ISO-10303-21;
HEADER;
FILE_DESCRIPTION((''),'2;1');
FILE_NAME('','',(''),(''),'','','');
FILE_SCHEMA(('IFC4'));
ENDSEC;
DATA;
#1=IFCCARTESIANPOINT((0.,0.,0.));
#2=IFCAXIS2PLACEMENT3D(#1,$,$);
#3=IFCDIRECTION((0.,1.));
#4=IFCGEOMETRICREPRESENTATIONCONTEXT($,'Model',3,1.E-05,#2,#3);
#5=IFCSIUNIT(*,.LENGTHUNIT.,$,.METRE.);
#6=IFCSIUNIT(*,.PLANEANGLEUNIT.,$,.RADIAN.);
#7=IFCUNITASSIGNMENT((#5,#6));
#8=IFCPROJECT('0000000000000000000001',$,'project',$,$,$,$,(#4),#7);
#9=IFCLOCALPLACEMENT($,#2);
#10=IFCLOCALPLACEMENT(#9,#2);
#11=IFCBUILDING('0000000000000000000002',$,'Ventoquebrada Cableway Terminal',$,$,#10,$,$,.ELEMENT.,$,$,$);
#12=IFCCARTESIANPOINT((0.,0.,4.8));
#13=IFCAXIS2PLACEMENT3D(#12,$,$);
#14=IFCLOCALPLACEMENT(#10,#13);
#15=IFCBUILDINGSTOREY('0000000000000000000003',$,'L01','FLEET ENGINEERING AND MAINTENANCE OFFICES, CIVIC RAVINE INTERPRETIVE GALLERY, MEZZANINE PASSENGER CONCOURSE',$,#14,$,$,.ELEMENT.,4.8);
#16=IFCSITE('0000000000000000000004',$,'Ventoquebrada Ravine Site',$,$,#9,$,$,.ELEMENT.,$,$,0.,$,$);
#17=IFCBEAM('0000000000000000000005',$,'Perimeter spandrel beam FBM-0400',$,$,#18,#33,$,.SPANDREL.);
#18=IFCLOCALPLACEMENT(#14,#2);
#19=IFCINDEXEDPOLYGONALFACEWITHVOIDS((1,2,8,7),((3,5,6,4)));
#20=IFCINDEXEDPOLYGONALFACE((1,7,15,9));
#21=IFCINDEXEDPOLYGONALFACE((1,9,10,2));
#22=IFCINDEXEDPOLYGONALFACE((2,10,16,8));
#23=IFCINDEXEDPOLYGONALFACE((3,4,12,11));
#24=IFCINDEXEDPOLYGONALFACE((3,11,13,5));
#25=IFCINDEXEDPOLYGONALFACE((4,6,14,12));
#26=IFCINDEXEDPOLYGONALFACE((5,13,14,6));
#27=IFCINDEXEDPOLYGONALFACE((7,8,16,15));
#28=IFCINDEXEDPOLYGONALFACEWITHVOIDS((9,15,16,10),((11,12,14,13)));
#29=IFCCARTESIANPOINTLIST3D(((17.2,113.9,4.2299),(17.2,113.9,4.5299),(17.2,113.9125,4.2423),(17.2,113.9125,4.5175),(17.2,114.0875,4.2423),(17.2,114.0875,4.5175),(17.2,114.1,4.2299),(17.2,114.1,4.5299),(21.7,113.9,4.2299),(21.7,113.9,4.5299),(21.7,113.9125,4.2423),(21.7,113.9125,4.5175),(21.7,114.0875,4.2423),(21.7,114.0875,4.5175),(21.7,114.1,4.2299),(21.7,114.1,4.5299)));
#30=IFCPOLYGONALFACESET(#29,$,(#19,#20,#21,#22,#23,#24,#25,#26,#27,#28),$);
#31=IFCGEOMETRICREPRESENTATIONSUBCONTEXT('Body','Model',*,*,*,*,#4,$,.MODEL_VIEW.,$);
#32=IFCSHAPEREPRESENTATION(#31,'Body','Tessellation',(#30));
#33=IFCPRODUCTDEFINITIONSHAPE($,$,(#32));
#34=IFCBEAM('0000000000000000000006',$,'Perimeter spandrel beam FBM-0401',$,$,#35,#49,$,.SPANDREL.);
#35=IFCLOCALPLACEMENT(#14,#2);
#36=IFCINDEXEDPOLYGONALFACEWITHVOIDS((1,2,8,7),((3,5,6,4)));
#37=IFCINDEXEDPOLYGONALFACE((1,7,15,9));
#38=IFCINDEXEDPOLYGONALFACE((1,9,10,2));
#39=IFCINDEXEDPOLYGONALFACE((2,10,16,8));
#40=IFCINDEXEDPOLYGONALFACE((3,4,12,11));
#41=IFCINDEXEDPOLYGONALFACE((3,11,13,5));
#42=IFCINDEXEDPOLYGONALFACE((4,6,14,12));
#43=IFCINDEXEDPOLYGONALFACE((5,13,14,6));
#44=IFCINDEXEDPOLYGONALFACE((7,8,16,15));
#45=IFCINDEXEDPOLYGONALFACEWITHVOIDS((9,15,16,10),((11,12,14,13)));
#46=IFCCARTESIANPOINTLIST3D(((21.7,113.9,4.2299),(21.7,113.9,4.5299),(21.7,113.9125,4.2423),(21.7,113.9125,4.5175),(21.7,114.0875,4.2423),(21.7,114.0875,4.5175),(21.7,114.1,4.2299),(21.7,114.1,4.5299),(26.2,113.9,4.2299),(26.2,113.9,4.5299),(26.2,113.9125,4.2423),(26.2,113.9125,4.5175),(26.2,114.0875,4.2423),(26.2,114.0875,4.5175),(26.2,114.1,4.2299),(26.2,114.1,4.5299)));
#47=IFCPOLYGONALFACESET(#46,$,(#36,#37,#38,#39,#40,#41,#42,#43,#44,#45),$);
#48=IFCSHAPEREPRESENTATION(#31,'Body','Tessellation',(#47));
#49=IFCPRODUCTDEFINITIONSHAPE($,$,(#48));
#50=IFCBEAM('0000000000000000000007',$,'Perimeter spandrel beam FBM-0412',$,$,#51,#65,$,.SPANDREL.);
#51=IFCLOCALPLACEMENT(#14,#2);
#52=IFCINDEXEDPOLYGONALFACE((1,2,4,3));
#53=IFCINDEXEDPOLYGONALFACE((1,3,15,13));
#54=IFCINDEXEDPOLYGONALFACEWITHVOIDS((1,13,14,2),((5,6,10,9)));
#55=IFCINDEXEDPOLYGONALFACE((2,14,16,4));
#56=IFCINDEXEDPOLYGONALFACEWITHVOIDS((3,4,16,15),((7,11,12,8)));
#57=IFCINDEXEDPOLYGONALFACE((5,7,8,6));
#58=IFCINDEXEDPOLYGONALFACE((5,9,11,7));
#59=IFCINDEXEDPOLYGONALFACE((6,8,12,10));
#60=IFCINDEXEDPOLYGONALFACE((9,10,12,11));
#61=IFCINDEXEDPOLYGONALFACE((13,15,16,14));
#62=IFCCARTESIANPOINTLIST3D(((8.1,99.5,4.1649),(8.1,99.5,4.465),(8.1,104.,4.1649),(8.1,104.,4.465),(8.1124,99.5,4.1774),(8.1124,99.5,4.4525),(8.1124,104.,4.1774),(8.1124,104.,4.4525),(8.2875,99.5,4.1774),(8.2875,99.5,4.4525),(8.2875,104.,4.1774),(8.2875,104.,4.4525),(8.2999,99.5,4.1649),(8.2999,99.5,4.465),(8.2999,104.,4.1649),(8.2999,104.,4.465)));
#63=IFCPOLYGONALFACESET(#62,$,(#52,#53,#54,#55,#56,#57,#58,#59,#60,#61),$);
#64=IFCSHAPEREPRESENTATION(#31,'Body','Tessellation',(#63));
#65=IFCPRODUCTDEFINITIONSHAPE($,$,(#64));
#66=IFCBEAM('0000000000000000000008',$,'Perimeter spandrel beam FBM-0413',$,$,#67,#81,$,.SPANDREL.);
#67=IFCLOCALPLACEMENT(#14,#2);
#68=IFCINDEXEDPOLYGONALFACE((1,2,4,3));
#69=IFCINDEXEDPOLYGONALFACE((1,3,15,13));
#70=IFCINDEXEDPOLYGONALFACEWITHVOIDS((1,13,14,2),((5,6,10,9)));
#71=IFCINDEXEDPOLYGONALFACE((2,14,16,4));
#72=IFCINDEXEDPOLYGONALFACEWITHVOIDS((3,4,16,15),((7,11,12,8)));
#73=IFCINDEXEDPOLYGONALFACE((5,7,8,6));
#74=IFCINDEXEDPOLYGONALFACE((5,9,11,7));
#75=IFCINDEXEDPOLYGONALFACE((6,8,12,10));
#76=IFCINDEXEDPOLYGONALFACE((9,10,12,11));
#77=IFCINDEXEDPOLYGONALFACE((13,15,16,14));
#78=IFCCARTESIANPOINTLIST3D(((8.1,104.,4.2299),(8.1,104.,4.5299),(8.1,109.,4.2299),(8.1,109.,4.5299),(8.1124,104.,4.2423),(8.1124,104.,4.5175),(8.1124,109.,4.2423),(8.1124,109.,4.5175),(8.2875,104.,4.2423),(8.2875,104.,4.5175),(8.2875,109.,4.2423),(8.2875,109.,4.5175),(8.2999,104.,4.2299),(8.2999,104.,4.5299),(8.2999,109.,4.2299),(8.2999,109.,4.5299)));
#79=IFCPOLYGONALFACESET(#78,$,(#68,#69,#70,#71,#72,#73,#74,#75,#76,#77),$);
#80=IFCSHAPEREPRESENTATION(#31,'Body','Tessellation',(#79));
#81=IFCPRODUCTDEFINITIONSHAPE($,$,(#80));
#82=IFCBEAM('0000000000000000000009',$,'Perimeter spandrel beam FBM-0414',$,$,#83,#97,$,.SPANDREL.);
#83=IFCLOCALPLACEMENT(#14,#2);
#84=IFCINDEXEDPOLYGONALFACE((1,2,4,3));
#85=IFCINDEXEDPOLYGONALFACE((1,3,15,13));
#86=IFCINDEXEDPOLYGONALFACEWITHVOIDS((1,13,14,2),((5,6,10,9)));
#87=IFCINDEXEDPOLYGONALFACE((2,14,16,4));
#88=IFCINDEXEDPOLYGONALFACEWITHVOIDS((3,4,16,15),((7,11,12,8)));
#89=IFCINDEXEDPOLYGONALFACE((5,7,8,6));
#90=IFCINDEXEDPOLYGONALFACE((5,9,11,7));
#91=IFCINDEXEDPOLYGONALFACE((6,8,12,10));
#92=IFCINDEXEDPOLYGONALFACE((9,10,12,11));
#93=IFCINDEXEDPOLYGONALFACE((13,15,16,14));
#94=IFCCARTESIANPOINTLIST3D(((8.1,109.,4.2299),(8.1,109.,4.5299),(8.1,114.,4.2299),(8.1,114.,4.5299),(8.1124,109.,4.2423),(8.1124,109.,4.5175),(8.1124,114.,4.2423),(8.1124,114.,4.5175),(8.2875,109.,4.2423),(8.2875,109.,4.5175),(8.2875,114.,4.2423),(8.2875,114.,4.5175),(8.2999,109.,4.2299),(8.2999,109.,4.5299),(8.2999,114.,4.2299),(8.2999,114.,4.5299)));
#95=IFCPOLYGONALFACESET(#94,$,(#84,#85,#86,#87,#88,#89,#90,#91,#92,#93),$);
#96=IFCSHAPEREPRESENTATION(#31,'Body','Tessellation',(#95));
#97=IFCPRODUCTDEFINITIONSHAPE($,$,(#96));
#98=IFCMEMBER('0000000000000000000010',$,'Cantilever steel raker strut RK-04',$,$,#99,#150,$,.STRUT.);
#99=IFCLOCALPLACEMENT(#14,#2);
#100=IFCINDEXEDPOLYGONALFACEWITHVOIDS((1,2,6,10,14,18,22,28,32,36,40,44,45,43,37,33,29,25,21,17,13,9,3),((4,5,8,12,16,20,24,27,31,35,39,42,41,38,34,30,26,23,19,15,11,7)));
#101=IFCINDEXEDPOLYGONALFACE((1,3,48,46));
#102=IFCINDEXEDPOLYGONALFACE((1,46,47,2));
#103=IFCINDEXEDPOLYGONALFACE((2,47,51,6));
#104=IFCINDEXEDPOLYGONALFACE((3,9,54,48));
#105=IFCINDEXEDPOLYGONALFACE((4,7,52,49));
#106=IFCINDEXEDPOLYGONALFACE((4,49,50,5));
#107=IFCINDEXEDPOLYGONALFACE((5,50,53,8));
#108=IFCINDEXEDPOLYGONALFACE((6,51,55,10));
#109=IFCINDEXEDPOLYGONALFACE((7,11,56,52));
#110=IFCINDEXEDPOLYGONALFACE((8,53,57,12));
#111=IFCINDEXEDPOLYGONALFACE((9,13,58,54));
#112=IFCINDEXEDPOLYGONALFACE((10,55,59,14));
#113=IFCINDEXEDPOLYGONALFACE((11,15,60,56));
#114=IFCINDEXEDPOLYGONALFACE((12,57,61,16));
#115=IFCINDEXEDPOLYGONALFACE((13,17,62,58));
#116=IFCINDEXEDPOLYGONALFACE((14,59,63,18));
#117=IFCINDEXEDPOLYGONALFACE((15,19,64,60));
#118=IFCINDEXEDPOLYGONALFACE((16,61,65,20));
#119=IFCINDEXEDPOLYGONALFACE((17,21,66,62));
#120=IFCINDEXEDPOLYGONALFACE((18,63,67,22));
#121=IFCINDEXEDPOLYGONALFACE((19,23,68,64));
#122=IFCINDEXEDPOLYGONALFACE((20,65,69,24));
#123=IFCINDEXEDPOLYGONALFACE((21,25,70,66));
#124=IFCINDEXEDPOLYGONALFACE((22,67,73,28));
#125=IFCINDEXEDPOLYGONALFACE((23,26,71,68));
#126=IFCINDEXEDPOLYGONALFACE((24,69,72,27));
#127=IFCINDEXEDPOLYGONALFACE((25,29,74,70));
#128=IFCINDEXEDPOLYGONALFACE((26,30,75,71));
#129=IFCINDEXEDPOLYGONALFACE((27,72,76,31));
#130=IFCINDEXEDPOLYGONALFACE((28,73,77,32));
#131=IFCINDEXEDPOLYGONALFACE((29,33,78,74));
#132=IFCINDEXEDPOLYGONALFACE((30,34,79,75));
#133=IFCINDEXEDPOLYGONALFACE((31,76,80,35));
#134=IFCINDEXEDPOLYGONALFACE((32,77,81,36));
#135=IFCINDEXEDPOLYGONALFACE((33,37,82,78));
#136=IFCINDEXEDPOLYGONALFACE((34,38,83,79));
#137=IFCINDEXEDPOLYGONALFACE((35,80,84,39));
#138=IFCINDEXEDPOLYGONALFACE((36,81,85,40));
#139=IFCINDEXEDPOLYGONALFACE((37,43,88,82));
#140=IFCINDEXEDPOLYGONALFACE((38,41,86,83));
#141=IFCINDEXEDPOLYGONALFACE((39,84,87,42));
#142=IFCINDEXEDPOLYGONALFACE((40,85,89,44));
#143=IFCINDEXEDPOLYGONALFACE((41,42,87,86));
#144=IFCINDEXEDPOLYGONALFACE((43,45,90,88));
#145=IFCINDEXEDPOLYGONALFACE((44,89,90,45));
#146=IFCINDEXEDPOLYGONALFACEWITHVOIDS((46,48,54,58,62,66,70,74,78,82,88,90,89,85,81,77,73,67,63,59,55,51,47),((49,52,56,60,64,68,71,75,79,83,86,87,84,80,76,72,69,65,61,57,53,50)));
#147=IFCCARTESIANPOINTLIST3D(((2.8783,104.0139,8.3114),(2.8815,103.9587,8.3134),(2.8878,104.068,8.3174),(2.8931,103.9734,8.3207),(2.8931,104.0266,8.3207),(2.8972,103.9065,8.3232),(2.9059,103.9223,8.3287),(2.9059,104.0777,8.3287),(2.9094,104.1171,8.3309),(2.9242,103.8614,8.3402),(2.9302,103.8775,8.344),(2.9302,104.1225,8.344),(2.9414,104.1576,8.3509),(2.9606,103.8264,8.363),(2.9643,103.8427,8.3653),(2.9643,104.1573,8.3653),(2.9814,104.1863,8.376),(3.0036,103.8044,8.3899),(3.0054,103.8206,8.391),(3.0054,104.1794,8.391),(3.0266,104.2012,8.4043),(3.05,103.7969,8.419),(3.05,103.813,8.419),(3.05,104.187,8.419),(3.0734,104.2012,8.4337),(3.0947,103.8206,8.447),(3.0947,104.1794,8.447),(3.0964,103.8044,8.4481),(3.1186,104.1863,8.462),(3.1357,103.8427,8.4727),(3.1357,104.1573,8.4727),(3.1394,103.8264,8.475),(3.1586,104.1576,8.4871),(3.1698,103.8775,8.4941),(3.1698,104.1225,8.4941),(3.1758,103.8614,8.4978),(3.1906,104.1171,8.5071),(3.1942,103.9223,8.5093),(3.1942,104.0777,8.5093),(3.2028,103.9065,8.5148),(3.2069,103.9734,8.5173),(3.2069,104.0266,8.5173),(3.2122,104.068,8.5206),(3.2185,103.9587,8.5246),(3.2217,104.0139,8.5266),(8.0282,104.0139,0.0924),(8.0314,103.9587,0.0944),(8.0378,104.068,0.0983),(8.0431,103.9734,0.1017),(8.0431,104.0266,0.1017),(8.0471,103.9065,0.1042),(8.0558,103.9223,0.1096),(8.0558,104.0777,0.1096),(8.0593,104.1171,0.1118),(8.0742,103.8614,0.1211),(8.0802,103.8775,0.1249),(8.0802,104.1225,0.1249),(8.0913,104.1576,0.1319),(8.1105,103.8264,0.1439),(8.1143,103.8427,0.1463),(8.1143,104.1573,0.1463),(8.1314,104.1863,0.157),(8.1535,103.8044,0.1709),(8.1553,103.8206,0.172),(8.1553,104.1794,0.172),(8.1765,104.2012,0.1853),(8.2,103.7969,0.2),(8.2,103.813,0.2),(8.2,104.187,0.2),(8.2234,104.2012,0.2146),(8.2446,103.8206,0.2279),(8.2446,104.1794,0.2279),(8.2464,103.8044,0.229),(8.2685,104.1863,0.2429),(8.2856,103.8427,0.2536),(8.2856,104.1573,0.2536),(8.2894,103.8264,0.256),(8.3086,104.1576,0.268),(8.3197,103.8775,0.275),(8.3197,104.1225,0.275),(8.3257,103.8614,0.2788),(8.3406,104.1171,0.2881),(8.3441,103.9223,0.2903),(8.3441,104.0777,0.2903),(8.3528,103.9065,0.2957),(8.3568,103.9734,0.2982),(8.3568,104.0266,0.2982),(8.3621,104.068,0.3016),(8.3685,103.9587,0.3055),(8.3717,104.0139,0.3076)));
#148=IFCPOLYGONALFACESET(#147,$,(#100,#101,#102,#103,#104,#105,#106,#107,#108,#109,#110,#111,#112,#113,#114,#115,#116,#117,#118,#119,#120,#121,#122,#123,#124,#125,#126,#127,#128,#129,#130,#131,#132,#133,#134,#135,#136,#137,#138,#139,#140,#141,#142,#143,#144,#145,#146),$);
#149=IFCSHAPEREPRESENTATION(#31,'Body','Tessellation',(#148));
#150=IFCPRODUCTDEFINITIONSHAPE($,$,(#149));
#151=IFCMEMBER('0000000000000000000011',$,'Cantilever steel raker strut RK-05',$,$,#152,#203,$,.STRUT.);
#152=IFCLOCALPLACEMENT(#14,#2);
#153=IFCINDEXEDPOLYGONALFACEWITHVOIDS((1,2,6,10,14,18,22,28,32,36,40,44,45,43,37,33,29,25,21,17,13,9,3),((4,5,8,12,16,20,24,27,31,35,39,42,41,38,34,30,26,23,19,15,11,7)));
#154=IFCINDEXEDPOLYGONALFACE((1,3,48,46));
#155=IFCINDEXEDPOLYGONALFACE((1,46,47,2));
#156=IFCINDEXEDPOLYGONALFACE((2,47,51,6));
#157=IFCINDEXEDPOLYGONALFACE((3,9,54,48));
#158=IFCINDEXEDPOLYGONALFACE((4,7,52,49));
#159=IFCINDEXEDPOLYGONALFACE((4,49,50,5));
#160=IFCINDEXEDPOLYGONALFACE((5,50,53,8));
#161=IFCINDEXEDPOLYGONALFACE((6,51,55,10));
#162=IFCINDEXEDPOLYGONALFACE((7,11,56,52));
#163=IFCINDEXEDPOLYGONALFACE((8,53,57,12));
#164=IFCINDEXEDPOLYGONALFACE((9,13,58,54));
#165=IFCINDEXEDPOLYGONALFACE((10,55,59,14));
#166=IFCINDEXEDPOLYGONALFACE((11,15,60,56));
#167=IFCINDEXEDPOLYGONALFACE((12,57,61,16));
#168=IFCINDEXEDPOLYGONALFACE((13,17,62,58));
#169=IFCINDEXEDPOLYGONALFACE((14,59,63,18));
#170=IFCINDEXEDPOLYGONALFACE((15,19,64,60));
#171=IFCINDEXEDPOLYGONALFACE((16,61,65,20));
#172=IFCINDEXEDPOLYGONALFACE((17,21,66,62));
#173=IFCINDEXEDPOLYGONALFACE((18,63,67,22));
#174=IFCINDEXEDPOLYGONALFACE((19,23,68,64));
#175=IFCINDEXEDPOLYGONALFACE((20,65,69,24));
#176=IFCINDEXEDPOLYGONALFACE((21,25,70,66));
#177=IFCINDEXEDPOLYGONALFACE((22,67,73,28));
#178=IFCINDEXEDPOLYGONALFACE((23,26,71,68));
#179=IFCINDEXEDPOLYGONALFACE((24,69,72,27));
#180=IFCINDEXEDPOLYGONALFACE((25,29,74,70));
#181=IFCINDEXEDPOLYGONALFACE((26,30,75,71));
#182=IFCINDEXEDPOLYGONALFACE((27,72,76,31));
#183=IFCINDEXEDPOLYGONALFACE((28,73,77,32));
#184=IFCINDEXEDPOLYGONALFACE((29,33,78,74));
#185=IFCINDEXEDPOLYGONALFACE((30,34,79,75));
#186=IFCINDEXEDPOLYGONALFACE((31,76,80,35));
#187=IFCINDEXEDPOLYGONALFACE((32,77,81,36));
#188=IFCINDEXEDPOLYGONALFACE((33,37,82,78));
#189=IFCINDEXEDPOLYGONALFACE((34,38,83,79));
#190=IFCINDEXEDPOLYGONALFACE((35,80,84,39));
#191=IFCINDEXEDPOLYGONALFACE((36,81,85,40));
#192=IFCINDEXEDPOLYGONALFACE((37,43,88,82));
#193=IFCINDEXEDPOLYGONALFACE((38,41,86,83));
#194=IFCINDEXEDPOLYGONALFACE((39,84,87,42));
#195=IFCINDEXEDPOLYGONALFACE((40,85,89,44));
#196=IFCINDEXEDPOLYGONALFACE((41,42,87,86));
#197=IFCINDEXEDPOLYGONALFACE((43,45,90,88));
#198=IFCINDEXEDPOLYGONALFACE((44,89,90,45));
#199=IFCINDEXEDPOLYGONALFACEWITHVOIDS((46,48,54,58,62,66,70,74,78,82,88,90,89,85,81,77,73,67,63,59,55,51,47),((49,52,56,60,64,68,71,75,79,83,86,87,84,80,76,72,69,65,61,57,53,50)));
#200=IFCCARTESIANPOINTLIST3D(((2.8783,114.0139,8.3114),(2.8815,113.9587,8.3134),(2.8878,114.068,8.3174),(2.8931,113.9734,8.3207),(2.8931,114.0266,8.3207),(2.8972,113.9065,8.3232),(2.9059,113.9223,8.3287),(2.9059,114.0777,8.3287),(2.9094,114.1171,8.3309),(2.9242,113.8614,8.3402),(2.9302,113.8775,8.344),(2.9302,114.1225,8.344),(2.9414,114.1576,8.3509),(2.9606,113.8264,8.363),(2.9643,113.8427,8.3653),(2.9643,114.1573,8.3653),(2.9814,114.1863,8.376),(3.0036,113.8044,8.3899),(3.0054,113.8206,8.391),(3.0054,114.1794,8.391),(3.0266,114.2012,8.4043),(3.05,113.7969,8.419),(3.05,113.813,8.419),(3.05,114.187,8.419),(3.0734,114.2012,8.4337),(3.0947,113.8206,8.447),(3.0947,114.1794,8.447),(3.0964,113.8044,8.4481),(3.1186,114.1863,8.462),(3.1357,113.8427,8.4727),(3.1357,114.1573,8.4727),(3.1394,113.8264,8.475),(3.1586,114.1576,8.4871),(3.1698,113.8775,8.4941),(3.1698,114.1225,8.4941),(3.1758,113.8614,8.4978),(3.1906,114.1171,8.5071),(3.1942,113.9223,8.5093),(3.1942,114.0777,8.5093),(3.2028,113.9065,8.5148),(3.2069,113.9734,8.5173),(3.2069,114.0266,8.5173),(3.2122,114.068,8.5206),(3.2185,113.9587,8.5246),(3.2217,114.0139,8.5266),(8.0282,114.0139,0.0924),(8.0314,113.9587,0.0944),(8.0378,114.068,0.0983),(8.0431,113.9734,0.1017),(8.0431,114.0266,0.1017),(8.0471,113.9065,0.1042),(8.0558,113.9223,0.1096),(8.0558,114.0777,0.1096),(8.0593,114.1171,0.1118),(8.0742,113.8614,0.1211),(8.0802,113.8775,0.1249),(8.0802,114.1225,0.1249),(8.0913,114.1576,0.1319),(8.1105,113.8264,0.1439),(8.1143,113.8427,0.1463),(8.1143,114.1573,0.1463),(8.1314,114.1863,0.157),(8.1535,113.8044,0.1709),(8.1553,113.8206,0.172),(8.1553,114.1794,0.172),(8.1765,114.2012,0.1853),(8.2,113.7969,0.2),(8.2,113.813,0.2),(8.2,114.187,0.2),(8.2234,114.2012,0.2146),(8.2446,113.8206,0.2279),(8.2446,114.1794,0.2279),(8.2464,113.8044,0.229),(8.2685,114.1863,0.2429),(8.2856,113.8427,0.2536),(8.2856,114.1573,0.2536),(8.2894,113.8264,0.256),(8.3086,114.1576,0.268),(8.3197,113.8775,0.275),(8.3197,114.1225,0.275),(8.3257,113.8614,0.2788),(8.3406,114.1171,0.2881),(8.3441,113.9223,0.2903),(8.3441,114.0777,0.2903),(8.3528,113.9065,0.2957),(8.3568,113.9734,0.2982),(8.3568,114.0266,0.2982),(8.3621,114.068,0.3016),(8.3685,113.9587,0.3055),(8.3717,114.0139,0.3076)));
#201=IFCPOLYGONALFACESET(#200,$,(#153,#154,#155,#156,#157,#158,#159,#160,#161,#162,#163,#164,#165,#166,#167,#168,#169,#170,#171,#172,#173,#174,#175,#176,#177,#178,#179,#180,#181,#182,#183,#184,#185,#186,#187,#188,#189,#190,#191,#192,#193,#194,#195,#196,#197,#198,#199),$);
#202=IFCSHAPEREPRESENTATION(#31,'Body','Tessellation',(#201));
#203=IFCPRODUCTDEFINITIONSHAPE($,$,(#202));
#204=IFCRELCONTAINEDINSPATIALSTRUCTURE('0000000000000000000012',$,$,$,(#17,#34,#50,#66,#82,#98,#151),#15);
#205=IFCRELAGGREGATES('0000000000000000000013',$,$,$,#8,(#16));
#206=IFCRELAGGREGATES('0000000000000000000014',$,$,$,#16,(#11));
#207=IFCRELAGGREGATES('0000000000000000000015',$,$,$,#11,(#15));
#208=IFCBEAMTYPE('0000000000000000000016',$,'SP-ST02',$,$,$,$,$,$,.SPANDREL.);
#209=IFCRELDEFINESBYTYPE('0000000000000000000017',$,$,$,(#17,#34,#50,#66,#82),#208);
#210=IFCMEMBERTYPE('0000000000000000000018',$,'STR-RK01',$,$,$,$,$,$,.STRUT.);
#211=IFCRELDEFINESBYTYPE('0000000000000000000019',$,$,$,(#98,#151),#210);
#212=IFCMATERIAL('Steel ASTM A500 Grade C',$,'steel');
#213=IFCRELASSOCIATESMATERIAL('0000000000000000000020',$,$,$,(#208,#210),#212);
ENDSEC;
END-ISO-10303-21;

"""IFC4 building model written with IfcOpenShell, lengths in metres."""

from ifc_helpers import new_model, si_unit, direction, frame, origin, origin_2d, place, context, subcontext, project, spatial, hollow_rectangle, hollow_circle, extrude, material, material_profile, profile_set, type_object, element, save


model = new_model("IFC4")

# Units and contexts
model_context = context("Model", 3, precision=1e-05, world=origin(), true_north=direction((0.0, 1.0)))
body_context = subcontext(model_context, "Body", "Model", "MODEL_VIEW")
ifc_project = project(units=[si_unit("LENGTHUNIT", "METRE"), si_unit("PLANEANGLEUNIT", "RADIAN")], contexts=[model_context])

# Site, building, storey
site_placement = place(None, origin())
site = spatial("IfcSite", under=ifc_project, at=site_placement, Name="Ventoquebrada Ravine Site", CompositionType="ELEMENT", RefElevation=0.0)
building_placement = place(site_placement, origin())
building = spatial("IfcBuilding", under=site, at=building_placement, Name="Ventoquebrada Cableway Terminal", CompositionType="ELEMENT")
storey_placement = place(building_placement, frame((0.0, 0.0, 4.8)))
storey = spatial("IfcBuildingStorey", under=building, at=storey_placement, Name="L01", Description="FLEET ENGINEERING AND MAINTENANCE OFFICES, CIVIC RAVINE INTERPRETIVE GALLERY, MEZZANINE PASSENGER CONCOURSE", CompositionType="ELEMENT", Elevation=4.8)

# Beams
ifc_material_1 = material(Name="Steel ASTM A500 Grade C", Category="steel")
ifc_material_profile_1 = material_profile(ifc_material_1, hollow_rectangle(XDim=0.2, YDim=0.3, WallThickness=0.0125, at=origin_2d()), Name="RHS300X200X12.5")
ifc_profile_set_1 = profile_set([ifc_material_profile_1], Name="Steel ASTM A500 Grade C")
beam_type_1 = type_object("IfcBeamType", Name="SP-ST02", PredefinedType="SPANDREL", material=ifc_profile_set_1)
for number, where, z_axis, x_axis, name in (
    (1, (17.2, 114.0, 4.3799), (1.0, 0.0, 0.0), (0.0, 1.0, 0.0), "Perimeter spandrel beam FBM-0400"),
    (2, (21.7, 114.0, 4.3799), (1.0, 0.0, 0.0), (0.0, 1.0, 0.0), "Perimeter spandrel beam FBM-0401"),
    (3, (8.2, 99.5, 4.3149), (0.0, 1.0, 0.0), (-1.0, 0.0, 0.0), "Perimeter spandrel beam FBM-0412"),
):
    element("IfcBeam", number, at=place(storey_placement, frame(where, z_axis=z_axis, x_axis=x_axis)), inside=storey, type_object=beam_type_1, Name=name, PredefinedType="SPANDREL", context=body_context, shape_type="SweptSolid", body=[
        extrude(hollow_rectangle(XDim=0.2, YDim=0.3, WallThickness=0.0125, at=origin_2d()), origin(), (0.0, 0.0, 1.0), 4.5),
    ])
for number, where, z_axis, x_axis, name in (
    (4, (8.2, 104.0, 4.3799), (0.0, 1.0, 0.0), (-1.0, 0.0, 0.0), "Perimeter spandrel beam FBM-0413"),
    (5, (8.2, 109.0, 4.3799), (0.0, 1.0, 0.0), (-1.0, 0.0, 0.0), "Perimeter spandrel beam FBM-0414"),
):
    element("IfcBeam", number, at=place(storey_placement, frame(where, z_axis=z_axis, x_axis=x_axis)), inside=storey, type_object=beam_type_1, Name=name, PredefinedType="SPANDREL", context=body_context, shape_type="SweptSolid", body=[
        extrude(hollow_rectangle(XDim=0.2, YDim=0.3, WallThickness=0.0125, at=origin_2d()), origin(), (0.0, 0.0, 1.0), 5.0),
    ])

# Members
ifc_material_profile_2 = material_profile(ifc_material_1, hollow_circle(Radius=0.2031, WallThickness=0.0161, at=origin_2d()), Name="CHS406.4X16")
ifc_profile_set_2 = profile_set([ifc_material_profile_2], Name="Steel ASTM A500 Grade C")
member_type_1 = type_object("IfcMemberType", Name="STR-RK01", PredefinedType="STRUT", material=ifc_profile_set_2)
for number, where, z_axis, x_axis, name in (
    (6, (8.2, 104.0, 0.2), (-0.530965, 0.0, 0.847394), (0.0, -1.0, 0.0), "Cantilever steel raker strut RK-04"),
    (7, (8.2, 114.0, 0.2), (-0.530965, 0.0, 0.847394), (0.0, -1.0, 0.0), "Cantilever steel raker strut RK-05"),
):
    element("IfcMember", number, at=place(storey_placement, frame(where, z_axis=z_axis, x_axis=x_axis)), inside=storey, type_object=member_type_1, Name=name, PredefinedType="STRUT", context=body_context, shape_type="SweptSolid", body=[
        extrude(hollow_circle(Radius=0.2031, WallThickness=0.0161, at=origin_2d()), origin(), (0.0, 0.0, 1.0), 9.6992),
    ])

save(model, "model.ifc")
